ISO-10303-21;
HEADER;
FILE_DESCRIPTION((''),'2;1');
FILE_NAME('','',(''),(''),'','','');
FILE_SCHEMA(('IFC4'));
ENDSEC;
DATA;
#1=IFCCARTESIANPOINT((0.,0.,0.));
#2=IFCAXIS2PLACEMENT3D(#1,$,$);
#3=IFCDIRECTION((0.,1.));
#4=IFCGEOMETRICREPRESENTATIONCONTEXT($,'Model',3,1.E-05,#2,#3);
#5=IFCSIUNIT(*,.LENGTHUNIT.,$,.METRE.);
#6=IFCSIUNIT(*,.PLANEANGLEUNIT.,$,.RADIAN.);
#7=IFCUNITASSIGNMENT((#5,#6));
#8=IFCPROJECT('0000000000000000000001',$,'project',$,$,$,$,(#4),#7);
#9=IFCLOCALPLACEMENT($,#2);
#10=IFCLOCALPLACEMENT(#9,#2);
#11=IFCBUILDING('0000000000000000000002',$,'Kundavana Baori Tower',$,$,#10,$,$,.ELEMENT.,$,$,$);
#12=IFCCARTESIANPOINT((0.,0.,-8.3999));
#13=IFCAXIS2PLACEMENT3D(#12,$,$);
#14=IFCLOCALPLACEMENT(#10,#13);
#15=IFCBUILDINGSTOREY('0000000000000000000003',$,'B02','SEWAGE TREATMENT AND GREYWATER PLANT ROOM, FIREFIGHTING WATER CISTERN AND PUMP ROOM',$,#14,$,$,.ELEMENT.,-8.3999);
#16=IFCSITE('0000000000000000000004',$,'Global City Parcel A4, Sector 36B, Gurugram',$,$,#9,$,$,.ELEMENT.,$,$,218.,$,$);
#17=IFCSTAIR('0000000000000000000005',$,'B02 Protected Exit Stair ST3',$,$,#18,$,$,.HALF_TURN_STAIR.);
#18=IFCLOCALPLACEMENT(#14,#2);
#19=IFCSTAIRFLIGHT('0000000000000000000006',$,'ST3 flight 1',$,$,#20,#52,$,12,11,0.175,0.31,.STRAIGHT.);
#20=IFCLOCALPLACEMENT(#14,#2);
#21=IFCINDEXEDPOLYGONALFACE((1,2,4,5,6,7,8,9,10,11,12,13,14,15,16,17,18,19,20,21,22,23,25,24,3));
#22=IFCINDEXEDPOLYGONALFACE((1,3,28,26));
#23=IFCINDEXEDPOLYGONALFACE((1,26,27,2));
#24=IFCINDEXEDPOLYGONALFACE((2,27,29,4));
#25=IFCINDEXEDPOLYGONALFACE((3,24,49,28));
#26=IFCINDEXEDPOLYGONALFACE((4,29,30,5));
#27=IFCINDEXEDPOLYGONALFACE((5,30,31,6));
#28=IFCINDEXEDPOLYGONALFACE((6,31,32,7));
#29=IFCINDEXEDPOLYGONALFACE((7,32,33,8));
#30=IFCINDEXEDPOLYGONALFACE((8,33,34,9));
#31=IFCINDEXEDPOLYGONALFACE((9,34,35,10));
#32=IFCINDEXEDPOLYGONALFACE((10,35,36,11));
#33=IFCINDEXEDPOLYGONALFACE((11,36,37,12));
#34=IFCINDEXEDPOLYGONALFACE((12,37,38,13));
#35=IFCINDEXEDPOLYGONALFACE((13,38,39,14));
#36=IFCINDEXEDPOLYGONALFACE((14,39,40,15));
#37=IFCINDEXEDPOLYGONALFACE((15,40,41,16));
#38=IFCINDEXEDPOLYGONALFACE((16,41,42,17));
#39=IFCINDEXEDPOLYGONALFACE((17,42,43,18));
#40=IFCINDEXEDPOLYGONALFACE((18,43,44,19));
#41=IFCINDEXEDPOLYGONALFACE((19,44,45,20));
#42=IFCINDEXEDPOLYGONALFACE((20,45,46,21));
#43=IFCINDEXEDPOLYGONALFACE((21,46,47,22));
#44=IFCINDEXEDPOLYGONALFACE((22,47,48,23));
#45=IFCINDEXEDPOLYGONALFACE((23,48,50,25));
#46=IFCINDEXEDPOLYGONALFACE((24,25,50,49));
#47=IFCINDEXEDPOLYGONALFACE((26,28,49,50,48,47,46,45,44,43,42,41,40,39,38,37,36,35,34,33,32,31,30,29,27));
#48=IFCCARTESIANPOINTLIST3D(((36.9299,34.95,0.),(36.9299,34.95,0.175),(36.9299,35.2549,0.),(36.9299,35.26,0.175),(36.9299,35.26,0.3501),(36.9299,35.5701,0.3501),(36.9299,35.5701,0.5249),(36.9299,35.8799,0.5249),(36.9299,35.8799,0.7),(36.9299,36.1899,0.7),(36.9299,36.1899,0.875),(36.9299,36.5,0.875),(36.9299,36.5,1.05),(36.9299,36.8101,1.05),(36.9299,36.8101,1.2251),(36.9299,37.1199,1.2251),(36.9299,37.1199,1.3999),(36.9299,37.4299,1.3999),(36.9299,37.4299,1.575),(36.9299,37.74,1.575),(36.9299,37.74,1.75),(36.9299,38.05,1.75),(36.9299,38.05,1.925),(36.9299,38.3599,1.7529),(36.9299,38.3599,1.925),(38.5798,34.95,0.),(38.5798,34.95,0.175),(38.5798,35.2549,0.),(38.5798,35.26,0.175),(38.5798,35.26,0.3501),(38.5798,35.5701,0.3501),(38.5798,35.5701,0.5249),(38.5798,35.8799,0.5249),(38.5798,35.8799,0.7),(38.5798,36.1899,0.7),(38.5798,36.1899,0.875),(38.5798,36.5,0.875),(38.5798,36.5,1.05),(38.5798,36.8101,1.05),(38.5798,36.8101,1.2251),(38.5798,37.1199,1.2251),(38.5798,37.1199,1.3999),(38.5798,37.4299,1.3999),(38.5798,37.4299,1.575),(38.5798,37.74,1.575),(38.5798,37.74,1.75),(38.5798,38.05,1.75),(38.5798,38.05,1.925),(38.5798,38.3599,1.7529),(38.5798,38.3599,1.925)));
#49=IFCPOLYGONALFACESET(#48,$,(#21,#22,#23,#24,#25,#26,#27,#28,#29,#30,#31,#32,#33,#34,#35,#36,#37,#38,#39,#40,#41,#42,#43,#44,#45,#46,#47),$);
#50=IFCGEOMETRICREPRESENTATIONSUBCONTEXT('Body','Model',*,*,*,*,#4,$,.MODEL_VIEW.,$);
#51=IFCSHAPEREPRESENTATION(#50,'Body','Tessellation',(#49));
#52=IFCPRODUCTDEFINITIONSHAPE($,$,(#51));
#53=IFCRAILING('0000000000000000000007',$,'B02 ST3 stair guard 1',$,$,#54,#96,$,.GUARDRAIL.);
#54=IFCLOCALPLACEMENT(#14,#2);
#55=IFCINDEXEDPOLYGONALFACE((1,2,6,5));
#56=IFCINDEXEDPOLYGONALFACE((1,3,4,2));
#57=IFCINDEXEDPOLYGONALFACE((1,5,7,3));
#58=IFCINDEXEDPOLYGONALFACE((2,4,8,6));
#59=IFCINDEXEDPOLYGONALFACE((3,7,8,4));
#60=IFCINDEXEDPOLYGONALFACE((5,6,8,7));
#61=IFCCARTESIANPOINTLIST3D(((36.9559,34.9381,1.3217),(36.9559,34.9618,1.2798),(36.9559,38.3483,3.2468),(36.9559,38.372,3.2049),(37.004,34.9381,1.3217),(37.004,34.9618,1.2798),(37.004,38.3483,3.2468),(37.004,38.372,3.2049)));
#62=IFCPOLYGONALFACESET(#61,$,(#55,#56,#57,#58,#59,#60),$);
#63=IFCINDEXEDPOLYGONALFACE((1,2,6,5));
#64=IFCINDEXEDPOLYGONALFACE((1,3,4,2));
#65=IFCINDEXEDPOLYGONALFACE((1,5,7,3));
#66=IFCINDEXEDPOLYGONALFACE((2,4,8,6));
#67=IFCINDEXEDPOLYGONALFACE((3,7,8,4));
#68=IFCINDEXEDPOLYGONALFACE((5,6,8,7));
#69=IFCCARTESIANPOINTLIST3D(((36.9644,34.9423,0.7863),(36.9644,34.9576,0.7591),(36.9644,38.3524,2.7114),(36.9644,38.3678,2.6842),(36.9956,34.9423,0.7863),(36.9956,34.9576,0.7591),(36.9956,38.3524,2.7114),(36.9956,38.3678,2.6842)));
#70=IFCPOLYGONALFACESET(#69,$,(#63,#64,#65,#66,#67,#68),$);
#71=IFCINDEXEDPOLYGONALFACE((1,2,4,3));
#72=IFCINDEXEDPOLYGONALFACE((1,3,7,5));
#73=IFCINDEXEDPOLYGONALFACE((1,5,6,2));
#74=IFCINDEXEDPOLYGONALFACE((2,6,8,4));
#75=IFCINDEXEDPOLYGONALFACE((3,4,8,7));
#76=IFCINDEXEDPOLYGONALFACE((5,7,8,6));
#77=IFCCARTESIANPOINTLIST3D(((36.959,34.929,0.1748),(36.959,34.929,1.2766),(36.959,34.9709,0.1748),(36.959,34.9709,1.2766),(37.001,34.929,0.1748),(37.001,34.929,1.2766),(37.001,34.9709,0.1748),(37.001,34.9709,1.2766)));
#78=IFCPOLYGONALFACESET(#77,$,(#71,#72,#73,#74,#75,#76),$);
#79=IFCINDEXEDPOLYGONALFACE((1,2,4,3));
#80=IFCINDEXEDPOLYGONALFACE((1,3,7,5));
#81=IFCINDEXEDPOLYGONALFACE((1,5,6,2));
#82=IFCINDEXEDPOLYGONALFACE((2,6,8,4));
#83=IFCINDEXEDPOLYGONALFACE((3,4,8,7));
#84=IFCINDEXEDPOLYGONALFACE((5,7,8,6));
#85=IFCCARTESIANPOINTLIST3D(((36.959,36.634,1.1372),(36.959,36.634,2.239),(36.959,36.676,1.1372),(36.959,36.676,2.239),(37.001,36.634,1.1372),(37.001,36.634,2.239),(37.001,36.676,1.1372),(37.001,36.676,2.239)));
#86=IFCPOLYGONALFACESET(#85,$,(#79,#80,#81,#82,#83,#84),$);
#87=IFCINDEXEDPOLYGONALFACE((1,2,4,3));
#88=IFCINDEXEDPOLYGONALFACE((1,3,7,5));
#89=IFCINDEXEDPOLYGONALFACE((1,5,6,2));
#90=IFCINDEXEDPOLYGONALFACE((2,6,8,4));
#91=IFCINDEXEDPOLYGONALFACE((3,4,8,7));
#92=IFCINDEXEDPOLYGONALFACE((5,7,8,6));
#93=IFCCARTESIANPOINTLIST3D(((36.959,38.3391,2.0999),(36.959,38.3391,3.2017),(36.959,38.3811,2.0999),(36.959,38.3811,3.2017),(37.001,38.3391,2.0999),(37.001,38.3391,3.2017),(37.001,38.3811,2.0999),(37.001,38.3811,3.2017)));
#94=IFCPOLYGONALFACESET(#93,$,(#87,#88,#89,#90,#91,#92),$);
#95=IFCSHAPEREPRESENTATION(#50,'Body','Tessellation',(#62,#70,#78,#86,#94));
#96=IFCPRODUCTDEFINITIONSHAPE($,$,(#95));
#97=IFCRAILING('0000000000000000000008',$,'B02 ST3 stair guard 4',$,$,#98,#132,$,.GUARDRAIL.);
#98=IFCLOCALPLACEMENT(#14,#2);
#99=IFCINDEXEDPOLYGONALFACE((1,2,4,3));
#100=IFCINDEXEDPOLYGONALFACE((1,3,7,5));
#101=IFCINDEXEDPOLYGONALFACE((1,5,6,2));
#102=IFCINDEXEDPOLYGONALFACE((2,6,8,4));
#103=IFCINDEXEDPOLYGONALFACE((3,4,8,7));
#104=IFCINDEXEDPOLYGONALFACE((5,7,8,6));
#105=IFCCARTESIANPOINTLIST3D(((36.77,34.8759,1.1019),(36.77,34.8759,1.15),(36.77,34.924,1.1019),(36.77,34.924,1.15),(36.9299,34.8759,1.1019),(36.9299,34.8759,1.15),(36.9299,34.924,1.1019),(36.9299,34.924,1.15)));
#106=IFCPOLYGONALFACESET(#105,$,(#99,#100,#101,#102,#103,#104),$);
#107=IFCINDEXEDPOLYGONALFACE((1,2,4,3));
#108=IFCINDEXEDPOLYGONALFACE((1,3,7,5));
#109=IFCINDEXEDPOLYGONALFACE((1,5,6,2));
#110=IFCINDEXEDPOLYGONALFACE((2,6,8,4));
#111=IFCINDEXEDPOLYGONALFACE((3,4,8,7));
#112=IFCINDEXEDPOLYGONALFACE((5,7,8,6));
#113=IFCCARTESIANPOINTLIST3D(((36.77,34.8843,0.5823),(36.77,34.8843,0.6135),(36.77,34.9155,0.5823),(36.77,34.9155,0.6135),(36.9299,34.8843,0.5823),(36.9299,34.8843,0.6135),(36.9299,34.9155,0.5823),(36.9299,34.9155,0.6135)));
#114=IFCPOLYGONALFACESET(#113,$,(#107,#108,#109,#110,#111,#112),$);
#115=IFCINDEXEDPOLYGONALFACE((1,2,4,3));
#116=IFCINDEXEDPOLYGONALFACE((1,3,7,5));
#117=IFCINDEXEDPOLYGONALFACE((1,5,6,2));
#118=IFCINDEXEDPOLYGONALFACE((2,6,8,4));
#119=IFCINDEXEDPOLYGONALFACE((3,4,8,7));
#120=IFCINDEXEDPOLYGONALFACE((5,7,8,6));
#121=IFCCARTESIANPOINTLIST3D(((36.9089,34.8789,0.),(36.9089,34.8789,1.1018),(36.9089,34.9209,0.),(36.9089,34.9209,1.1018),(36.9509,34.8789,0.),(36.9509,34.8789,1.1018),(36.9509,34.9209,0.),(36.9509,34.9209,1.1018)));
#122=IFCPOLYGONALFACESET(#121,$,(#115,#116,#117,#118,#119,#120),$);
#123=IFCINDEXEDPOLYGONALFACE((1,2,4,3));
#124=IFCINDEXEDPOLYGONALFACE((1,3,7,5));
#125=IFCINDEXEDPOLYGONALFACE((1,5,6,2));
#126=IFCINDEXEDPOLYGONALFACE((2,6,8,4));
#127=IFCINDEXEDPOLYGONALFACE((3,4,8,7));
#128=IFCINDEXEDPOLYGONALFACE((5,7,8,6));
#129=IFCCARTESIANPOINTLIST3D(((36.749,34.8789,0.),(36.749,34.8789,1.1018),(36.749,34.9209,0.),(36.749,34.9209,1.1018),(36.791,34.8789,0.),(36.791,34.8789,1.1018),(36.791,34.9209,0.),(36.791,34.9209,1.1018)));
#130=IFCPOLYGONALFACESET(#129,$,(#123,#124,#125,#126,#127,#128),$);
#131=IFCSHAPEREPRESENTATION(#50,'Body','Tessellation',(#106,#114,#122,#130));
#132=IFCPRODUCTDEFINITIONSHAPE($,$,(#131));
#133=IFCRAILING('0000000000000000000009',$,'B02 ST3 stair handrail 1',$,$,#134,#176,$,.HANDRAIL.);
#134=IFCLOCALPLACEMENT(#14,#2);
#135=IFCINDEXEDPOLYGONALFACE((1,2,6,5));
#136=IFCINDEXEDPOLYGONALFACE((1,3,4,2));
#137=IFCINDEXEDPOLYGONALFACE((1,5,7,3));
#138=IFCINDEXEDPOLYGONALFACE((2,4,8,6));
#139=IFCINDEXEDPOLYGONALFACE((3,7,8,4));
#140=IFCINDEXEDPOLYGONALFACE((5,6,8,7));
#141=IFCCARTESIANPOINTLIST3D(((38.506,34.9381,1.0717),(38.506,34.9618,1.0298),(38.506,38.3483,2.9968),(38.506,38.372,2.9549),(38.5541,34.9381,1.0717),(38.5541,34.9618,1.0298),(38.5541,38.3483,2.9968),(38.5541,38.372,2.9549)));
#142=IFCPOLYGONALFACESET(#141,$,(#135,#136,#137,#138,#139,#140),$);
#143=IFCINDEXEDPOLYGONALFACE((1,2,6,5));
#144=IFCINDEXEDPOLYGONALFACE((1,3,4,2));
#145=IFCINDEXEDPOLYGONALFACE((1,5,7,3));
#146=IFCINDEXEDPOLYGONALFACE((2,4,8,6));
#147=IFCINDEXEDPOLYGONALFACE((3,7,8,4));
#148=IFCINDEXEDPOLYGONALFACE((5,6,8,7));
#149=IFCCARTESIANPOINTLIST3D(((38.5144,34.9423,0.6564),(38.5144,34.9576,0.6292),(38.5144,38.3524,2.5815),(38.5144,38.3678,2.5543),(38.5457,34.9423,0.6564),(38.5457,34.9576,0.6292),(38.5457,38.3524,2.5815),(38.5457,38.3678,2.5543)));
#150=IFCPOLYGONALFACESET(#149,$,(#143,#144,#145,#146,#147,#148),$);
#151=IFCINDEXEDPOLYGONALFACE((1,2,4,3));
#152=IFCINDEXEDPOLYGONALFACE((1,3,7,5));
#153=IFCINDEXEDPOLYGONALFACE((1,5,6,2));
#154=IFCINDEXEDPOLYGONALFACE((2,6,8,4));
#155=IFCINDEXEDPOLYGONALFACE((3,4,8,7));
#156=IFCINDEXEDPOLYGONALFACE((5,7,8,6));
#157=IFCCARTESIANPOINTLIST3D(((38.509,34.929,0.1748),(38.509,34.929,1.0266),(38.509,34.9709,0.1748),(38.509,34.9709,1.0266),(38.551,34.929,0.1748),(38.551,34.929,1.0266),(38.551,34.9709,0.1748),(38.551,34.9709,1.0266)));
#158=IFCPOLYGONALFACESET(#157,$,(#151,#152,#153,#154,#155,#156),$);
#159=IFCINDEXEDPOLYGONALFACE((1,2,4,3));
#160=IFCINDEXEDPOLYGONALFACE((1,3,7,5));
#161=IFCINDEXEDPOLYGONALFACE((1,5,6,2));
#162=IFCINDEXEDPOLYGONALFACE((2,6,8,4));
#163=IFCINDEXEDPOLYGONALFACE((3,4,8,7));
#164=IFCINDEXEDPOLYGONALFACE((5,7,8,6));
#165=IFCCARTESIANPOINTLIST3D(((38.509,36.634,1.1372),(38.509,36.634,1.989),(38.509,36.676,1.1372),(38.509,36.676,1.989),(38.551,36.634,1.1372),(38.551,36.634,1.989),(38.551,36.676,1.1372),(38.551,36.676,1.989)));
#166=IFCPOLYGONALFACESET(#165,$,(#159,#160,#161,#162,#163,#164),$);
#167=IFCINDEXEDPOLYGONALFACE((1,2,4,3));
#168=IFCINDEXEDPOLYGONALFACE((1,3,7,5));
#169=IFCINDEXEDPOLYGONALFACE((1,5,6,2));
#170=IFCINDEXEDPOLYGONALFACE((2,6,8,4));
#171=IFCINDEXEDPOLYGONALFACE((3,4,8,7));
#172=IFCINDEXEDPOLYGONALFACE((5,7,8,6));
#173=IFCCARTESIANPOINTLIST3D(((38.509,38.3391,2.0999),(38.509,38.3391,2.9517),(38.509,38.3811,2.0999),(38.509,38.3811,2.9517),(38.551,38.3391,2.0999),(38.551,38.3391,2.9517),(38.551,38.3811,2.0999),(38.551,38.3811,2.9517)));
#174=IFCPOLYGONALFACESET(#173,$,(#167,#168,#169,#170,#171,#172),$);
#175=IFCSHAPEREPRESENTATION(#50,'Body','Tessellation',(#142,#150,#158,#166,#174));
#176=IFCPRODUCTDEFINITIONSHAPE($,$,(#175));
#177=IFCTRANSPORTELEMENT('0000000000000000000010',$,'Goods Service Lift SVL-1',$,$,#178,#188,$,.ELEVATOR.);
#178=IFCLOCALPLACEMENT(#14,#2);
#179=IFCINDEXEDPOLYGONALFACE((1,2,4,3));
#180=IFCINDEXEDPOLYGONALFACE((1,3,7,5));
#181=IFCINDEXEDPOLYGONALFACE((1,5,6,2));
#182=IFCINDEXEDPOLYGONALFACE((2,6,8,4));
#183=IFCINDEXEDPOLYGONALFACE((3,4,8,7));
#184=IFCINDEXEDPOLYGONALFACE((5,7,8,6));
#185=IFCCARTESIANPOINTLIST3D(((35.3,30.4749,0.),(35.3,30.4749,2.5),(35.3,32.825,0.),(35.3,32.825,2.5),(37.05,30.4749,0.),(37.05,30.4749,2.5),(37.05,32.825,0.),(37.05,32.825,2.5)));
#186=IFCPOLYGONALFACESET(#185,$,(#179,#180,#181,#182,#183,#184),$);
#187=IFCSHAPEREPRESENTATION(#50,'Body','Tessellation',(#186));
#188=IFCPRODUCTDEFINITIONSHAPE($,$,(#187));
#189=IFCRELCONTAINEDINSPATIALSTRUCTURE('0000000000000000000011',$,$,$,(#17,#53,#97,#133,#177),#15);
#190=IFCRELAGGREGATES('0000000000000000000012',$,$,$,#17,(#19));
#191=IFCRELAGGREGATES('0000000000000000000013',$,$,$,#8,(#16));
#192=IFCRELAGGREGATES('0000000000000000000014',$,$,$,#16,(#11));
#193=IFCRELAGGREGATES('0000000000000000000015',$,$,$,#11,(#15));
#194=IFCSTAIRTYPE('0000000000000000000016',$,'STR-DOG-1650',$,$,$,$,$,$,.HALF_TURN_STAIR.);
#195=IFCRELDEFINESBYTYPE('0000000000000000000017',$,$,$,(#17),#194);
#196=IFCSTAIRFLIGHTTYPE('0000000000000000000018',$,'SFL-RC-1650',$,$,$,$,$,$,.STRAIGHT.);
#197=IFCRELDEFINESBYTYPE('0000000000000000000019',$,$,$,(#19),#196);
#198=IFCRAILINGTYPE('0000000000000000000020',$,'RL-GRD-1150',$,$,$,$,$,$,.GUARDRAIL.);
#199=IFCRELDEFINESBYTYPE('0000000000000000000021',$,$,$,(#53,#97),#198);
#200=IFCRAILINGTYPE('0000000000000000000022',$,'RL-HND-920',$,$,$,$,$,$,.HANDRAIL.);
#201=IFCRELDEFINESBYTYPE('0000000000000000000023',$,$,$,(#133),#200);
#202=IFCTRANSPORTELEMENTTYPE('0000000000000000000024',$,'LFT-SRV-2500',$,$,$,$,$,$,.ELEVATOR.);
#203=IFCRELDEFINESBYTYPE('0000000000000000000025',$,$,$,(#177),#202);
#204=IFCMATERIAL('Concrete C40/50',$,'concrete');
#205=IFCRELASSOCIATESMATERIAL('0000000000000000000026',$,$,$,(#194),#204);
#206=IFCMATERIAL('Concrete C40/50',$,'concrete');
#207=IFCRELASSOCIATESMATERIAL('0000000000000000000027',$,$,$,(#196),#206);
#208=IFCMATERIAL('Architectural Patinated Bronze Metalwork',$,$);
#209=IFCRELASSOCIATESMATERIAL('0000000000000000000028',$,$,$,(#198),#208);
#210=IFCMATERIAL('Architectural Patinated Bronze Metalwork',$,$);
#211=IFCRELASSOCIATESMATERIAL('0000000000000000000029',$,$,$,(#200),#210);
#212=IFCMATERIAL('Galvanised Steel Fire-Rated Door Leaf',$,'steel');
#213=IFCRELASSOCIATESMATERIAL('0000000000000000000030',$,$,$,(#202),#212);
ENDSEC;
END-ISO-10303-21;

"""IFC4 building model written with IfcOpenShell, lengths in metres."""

from ifc_helpers import new_model, si_unit, direction, frame, origin, origin_2d, place, context, subcontext, project, spatial, polyline, rectangle, outline, extrude, material, type_object, element, aggregate, save


model = new_model("IFC4")

# Units and contexts
model_context = context("Model", 3, precision=1e-05, world=origin(), true_north=direction((0.0, 1.0)))
body_context = subcontext(model_context, "Body", "Model", "MODEL_VIEW")
ifc_project = project(units=[si_unit("LENGTHUNIT", "METRE"), si_unit("PLANEANGLEUNIT", "RADIAN")], contexts=[model_context])

# Site, building, storey
site_placement = place(None, origin())
site = spatial("IfcSite", under=ifc_project, at=site_placement, Name="Global City Parcel A4, Sector 36B, Gurugram", CompositionType="ELEMENT", RefElevation=218.0)
building_placement = place(site_placement, origin())
building = spatial("IfcBuilding", under=site, at=building_placement, Name="Kundavana Baori Tower", CompositionType="ELEMENT")
storey_placement = place(building_placement, frame((0.0, 0.0, -8.3999)))
storey = spatial("IfcBuildingStorey", under=building, at=storey_placement, Name="B02", Description="SEWAGE TREATMENT AND GREYWATER PLANT ROOM, FIREFIGHTING WATER CISTERN AND PUMP ROOM", CompositionType="ELEMENT", Elevation=-8.3999)

# Stair, stair flight
ifc_material_1 = material(Name="Concrete C40/50", Category="concrete")
stair_type = type_object("IfcStairType", Name="STR-DOG-1650", PredefinedType="HALF_TURN_STAIR", material=ifc_material_1)
stair_placement = place(storey_placement, origin())
stair = element("IfcStair", 1, at=stair_placement, inside=storey, type_object=stair_type, Name="B02 Protected Exit Stair ST3", PredefinedType="HALF_TURN_STAIR")
ifc_material_2 = material(Name="Concrete C40/50", Category="concrete")
stair_flight_type = type_object("IfcStairFlightType", Name="SFL-RC-1650", PredefinedType="STRAIGHT", material=ifc_material_2)
stair_flight_placement = place(storey_placement, frame((37.7549, 34.95, 0.0), z_axis=(0.0, 0.0, 1.0), x_axis=(0.0, 1.0, 0.0)))
stair_flight = element("IfcStairFlight", 2, at=stair_flight_placement, type_object=stair_flight_type, Name="ST3 flight 1", NumberOfRisers=12, NumberOfTreads=11, PredefinedType="STRAIGHT", RiserHeight=0.175, TreadLength=0.31, context=body_context, shape_type="SweptSolid", body=[
    extrude(outline(polyline([(0.0, 0.0), (0.0, 0.175), (0.3101, 0.175), (0.3101, 0.3501), (0.6201, 0.3501), (0.6201, 0.5249), (0.9299, 0.5249), (0.9299, 0.7), (1.24, 0.7), (1.24, 0.875), (1.55, 0.875), (1.55, 1.05), (1.8601, 1.05), (1.8601, 1.2251), (2.1699, 1.2251), (2.1699, 1.3999), (2.48, 1.3999), (2.48, 1.575), (2.79, 1.575), (2.79, 1.75), (3.1001, 1.75), (3.1001, 1.925), (3.4099, 1.925), (3.4099, 2.1001), (3.4099, 1.7529), (0.3049, 0.0), (0.0, 0.0)])), frame((0.0, 0.825, 0.0), z_axis=(0.0, -1.0, 0.0), x_axis=(1.0, 0.0, 0.0)), (0.0, 0.0, 1.0), 1.6499),
])
aggregate(stair, [stair_flight])

# Railings
ifc_material_3 = material(Name="Architectural Patinated Bronze Metalwork")
railing_type_1 = type_object("IfcRailingType", Name="RL-GRD-1150", PredefinedType="GUARDRAIL", material=ifc_material_3)
railing_1_placement = place(storey_placement, frame((36.98, 34.95, 0.1748)))
element("IfcRailing", 3, at=railing_1_placement, inside=storey, type_object=railing_type_1, Name="B02 ST3 stair guard 1", PredefinedType="GUARDRAIL", context=body_context, shape_type="SweptSolid", body=[
    extrude(rectangle(XDim=0.0481, YDim=0.0481, at=origin_2d()), frame((0.0, 0.0, 1.126), z_axis=(0.0, 0.870829, 0.491587), x_axis=(-1.0, 0.0, 0.0)), (0.0, 0.0, 1.0), 3.916),
    extrude(rectangle(XDim=0.0312, YDim=0.0312, at=origin_2d()), frame((0.0, 0.0, 0.5979), z_axis=(0.0, 0.870829, 0.491587), x_axis=(-1.0, 0.0, 0.0)), (0.0, 0.0, 1.0), 3.916),
    extrude(rectangle(XDim=0.042, YDim=0.042, at=origin_2d()), origin(), (0.0, 0.0, 1.0), 1.1018),
    extrude(rectangle(XDim=0.042, YDim=0.042, at=origin_2d()), frame((0.0, 1.7051, 0.9624)), (0.0, 0.0, 1.0), 1.1018),
    extrude(rectangle(XDim=0.042, YDim=0.042, at=origin_2d()), frame((0.0, 3.4102, 1.925)), (0.0, 0.0, 1.0), 1.1018),
])
railing_2_placement = place(storey_placement, frame((36.9299, 34.8999, 0.0)))
element("IfcRailing", 4, at=railing_2_placement, inside=storey, type_object=railing_type_1, Name="B02 ST3 stair guard 4", PredefinedType="GUARDRAIL", context=body_context, shape_type="SweptSolid", body=[
    extrude(rectangle(XDim=0.0481, YDim=0.0481, at=origin_2d()), frame((0.0, 0.0, 1.126), z_axis=(-1.0, 0.0, 0.0), x_axis=(0.0, -1.0, 0.0)), (0.0, 0.0, 1.0), 0.1599),
    extrude(rectangle(XDim=0.0312, YDim=0.0312, at=origin_2d()), frame((0.0, 0.0, 0.5979), z_axis=(-1.0, 0.0, 0.0), x_axis=(0.0, -1.0, 0.0)), (0.0, 0.0, 1.0), 0.1599),
    extrude(rectangle(XDim=0.042, YDim=0.042, at=origin_2d()), origin(), (0.0, 0.0, 1.0), 1.1018),
    extrude(rectangle(XDim=0.042, YDim=0.042, at=origin_2d()), frame((-0.1599, 0.0, 0.0)), (0.0, 0.0, 1.0), 1.1018),
])
ifc_material_4 = material(Name="Architectural Patinated Bronze Metalwork")
railing_type_2 = type_object("IfcRailingType", Name="RL-HND-920", PredefinedType="HANDRAIL", material=ifc_material_4)
railing_3_placement = place(storey_placement, frame((38.53, 34.95, 0.1748)))
element("IfcRailing", 5, at=railing_3_placement, inside=storey, type_object=railing_type_2, Name="B02 ST3 stair handrail 1", PredefinedType="HANDRAIL", context=body_context, shape_type="SweptSolid", body=[
    extrude(rectangle(XDim=0.0481, YDim=0.0481, at=origin_2d()), frame((0.0, 0.0, 0.876), z_axis=(0.0, 0.870829, 0.491587), x_axis=(-1.0, 0.0, 0.0)), (0.0, 0.0, 1.0), 3.916),
    extrude(rectangle(XDim=0.0312, YDim=0.0312, at=origin_2d()), frame((0.0, 0.0, 0.468), z_axis=(0.0, 0.870829, 0.491587), x_axis=(-1.0, 0.0, 0.0)), (0.0, 0.0, 1.0), 3.916),
    extrude(rectangle(XDim=0.042, YDim=0.042, at=origin_2d()), origin(), (0.0, 0.0, 1.0), 0.8518),
    extrude(rectangle(XDim=0.042, YDim=0.042, at=origin_2d()), frame((0.0, 1.7051, 0.9624)), (0.0, 0.0, 1.0), 0.8518),
    extrude(rectangle(XDim=0.042, YDim=0.042, at=origin_2d()), frame((0.0, 3.4102, 1.925)), (0.0, 0.0, 1.0), 0.8518),
])

# Transport element
ifc_material_5 = material(Name="Galvanised Steel Fire-Rated Door Leaf", Category="steel")
transport_element_type = type_object("IfcTransportElementType", Name="LFT-SRV-2500", PredefinedType="ELEVATOR", material=ifc_material_5)
transport_element_placement = place(storey_placement, frame((36.175, 31.6499, 0.0), z_axis=(0.0, 0.0, 1.0), x_axis=(1.0, 0.0, 0.0)))
element("IfcTransportElement", 6, at=transport_element_placement, inside=storey, type_object=transport_element_type, Name="Goods Service Lift SVL-1", PredefinedType="ELEVATOR", context=body_context, shape_type="SweptSolid", body=[
    extrude(rectangle(XDim=1.75, YDim=2.3501, at=origin_2d()), origin(), (0.0, 0.0, 1.0), 2.5),
])

save(model, "model.ifc")
